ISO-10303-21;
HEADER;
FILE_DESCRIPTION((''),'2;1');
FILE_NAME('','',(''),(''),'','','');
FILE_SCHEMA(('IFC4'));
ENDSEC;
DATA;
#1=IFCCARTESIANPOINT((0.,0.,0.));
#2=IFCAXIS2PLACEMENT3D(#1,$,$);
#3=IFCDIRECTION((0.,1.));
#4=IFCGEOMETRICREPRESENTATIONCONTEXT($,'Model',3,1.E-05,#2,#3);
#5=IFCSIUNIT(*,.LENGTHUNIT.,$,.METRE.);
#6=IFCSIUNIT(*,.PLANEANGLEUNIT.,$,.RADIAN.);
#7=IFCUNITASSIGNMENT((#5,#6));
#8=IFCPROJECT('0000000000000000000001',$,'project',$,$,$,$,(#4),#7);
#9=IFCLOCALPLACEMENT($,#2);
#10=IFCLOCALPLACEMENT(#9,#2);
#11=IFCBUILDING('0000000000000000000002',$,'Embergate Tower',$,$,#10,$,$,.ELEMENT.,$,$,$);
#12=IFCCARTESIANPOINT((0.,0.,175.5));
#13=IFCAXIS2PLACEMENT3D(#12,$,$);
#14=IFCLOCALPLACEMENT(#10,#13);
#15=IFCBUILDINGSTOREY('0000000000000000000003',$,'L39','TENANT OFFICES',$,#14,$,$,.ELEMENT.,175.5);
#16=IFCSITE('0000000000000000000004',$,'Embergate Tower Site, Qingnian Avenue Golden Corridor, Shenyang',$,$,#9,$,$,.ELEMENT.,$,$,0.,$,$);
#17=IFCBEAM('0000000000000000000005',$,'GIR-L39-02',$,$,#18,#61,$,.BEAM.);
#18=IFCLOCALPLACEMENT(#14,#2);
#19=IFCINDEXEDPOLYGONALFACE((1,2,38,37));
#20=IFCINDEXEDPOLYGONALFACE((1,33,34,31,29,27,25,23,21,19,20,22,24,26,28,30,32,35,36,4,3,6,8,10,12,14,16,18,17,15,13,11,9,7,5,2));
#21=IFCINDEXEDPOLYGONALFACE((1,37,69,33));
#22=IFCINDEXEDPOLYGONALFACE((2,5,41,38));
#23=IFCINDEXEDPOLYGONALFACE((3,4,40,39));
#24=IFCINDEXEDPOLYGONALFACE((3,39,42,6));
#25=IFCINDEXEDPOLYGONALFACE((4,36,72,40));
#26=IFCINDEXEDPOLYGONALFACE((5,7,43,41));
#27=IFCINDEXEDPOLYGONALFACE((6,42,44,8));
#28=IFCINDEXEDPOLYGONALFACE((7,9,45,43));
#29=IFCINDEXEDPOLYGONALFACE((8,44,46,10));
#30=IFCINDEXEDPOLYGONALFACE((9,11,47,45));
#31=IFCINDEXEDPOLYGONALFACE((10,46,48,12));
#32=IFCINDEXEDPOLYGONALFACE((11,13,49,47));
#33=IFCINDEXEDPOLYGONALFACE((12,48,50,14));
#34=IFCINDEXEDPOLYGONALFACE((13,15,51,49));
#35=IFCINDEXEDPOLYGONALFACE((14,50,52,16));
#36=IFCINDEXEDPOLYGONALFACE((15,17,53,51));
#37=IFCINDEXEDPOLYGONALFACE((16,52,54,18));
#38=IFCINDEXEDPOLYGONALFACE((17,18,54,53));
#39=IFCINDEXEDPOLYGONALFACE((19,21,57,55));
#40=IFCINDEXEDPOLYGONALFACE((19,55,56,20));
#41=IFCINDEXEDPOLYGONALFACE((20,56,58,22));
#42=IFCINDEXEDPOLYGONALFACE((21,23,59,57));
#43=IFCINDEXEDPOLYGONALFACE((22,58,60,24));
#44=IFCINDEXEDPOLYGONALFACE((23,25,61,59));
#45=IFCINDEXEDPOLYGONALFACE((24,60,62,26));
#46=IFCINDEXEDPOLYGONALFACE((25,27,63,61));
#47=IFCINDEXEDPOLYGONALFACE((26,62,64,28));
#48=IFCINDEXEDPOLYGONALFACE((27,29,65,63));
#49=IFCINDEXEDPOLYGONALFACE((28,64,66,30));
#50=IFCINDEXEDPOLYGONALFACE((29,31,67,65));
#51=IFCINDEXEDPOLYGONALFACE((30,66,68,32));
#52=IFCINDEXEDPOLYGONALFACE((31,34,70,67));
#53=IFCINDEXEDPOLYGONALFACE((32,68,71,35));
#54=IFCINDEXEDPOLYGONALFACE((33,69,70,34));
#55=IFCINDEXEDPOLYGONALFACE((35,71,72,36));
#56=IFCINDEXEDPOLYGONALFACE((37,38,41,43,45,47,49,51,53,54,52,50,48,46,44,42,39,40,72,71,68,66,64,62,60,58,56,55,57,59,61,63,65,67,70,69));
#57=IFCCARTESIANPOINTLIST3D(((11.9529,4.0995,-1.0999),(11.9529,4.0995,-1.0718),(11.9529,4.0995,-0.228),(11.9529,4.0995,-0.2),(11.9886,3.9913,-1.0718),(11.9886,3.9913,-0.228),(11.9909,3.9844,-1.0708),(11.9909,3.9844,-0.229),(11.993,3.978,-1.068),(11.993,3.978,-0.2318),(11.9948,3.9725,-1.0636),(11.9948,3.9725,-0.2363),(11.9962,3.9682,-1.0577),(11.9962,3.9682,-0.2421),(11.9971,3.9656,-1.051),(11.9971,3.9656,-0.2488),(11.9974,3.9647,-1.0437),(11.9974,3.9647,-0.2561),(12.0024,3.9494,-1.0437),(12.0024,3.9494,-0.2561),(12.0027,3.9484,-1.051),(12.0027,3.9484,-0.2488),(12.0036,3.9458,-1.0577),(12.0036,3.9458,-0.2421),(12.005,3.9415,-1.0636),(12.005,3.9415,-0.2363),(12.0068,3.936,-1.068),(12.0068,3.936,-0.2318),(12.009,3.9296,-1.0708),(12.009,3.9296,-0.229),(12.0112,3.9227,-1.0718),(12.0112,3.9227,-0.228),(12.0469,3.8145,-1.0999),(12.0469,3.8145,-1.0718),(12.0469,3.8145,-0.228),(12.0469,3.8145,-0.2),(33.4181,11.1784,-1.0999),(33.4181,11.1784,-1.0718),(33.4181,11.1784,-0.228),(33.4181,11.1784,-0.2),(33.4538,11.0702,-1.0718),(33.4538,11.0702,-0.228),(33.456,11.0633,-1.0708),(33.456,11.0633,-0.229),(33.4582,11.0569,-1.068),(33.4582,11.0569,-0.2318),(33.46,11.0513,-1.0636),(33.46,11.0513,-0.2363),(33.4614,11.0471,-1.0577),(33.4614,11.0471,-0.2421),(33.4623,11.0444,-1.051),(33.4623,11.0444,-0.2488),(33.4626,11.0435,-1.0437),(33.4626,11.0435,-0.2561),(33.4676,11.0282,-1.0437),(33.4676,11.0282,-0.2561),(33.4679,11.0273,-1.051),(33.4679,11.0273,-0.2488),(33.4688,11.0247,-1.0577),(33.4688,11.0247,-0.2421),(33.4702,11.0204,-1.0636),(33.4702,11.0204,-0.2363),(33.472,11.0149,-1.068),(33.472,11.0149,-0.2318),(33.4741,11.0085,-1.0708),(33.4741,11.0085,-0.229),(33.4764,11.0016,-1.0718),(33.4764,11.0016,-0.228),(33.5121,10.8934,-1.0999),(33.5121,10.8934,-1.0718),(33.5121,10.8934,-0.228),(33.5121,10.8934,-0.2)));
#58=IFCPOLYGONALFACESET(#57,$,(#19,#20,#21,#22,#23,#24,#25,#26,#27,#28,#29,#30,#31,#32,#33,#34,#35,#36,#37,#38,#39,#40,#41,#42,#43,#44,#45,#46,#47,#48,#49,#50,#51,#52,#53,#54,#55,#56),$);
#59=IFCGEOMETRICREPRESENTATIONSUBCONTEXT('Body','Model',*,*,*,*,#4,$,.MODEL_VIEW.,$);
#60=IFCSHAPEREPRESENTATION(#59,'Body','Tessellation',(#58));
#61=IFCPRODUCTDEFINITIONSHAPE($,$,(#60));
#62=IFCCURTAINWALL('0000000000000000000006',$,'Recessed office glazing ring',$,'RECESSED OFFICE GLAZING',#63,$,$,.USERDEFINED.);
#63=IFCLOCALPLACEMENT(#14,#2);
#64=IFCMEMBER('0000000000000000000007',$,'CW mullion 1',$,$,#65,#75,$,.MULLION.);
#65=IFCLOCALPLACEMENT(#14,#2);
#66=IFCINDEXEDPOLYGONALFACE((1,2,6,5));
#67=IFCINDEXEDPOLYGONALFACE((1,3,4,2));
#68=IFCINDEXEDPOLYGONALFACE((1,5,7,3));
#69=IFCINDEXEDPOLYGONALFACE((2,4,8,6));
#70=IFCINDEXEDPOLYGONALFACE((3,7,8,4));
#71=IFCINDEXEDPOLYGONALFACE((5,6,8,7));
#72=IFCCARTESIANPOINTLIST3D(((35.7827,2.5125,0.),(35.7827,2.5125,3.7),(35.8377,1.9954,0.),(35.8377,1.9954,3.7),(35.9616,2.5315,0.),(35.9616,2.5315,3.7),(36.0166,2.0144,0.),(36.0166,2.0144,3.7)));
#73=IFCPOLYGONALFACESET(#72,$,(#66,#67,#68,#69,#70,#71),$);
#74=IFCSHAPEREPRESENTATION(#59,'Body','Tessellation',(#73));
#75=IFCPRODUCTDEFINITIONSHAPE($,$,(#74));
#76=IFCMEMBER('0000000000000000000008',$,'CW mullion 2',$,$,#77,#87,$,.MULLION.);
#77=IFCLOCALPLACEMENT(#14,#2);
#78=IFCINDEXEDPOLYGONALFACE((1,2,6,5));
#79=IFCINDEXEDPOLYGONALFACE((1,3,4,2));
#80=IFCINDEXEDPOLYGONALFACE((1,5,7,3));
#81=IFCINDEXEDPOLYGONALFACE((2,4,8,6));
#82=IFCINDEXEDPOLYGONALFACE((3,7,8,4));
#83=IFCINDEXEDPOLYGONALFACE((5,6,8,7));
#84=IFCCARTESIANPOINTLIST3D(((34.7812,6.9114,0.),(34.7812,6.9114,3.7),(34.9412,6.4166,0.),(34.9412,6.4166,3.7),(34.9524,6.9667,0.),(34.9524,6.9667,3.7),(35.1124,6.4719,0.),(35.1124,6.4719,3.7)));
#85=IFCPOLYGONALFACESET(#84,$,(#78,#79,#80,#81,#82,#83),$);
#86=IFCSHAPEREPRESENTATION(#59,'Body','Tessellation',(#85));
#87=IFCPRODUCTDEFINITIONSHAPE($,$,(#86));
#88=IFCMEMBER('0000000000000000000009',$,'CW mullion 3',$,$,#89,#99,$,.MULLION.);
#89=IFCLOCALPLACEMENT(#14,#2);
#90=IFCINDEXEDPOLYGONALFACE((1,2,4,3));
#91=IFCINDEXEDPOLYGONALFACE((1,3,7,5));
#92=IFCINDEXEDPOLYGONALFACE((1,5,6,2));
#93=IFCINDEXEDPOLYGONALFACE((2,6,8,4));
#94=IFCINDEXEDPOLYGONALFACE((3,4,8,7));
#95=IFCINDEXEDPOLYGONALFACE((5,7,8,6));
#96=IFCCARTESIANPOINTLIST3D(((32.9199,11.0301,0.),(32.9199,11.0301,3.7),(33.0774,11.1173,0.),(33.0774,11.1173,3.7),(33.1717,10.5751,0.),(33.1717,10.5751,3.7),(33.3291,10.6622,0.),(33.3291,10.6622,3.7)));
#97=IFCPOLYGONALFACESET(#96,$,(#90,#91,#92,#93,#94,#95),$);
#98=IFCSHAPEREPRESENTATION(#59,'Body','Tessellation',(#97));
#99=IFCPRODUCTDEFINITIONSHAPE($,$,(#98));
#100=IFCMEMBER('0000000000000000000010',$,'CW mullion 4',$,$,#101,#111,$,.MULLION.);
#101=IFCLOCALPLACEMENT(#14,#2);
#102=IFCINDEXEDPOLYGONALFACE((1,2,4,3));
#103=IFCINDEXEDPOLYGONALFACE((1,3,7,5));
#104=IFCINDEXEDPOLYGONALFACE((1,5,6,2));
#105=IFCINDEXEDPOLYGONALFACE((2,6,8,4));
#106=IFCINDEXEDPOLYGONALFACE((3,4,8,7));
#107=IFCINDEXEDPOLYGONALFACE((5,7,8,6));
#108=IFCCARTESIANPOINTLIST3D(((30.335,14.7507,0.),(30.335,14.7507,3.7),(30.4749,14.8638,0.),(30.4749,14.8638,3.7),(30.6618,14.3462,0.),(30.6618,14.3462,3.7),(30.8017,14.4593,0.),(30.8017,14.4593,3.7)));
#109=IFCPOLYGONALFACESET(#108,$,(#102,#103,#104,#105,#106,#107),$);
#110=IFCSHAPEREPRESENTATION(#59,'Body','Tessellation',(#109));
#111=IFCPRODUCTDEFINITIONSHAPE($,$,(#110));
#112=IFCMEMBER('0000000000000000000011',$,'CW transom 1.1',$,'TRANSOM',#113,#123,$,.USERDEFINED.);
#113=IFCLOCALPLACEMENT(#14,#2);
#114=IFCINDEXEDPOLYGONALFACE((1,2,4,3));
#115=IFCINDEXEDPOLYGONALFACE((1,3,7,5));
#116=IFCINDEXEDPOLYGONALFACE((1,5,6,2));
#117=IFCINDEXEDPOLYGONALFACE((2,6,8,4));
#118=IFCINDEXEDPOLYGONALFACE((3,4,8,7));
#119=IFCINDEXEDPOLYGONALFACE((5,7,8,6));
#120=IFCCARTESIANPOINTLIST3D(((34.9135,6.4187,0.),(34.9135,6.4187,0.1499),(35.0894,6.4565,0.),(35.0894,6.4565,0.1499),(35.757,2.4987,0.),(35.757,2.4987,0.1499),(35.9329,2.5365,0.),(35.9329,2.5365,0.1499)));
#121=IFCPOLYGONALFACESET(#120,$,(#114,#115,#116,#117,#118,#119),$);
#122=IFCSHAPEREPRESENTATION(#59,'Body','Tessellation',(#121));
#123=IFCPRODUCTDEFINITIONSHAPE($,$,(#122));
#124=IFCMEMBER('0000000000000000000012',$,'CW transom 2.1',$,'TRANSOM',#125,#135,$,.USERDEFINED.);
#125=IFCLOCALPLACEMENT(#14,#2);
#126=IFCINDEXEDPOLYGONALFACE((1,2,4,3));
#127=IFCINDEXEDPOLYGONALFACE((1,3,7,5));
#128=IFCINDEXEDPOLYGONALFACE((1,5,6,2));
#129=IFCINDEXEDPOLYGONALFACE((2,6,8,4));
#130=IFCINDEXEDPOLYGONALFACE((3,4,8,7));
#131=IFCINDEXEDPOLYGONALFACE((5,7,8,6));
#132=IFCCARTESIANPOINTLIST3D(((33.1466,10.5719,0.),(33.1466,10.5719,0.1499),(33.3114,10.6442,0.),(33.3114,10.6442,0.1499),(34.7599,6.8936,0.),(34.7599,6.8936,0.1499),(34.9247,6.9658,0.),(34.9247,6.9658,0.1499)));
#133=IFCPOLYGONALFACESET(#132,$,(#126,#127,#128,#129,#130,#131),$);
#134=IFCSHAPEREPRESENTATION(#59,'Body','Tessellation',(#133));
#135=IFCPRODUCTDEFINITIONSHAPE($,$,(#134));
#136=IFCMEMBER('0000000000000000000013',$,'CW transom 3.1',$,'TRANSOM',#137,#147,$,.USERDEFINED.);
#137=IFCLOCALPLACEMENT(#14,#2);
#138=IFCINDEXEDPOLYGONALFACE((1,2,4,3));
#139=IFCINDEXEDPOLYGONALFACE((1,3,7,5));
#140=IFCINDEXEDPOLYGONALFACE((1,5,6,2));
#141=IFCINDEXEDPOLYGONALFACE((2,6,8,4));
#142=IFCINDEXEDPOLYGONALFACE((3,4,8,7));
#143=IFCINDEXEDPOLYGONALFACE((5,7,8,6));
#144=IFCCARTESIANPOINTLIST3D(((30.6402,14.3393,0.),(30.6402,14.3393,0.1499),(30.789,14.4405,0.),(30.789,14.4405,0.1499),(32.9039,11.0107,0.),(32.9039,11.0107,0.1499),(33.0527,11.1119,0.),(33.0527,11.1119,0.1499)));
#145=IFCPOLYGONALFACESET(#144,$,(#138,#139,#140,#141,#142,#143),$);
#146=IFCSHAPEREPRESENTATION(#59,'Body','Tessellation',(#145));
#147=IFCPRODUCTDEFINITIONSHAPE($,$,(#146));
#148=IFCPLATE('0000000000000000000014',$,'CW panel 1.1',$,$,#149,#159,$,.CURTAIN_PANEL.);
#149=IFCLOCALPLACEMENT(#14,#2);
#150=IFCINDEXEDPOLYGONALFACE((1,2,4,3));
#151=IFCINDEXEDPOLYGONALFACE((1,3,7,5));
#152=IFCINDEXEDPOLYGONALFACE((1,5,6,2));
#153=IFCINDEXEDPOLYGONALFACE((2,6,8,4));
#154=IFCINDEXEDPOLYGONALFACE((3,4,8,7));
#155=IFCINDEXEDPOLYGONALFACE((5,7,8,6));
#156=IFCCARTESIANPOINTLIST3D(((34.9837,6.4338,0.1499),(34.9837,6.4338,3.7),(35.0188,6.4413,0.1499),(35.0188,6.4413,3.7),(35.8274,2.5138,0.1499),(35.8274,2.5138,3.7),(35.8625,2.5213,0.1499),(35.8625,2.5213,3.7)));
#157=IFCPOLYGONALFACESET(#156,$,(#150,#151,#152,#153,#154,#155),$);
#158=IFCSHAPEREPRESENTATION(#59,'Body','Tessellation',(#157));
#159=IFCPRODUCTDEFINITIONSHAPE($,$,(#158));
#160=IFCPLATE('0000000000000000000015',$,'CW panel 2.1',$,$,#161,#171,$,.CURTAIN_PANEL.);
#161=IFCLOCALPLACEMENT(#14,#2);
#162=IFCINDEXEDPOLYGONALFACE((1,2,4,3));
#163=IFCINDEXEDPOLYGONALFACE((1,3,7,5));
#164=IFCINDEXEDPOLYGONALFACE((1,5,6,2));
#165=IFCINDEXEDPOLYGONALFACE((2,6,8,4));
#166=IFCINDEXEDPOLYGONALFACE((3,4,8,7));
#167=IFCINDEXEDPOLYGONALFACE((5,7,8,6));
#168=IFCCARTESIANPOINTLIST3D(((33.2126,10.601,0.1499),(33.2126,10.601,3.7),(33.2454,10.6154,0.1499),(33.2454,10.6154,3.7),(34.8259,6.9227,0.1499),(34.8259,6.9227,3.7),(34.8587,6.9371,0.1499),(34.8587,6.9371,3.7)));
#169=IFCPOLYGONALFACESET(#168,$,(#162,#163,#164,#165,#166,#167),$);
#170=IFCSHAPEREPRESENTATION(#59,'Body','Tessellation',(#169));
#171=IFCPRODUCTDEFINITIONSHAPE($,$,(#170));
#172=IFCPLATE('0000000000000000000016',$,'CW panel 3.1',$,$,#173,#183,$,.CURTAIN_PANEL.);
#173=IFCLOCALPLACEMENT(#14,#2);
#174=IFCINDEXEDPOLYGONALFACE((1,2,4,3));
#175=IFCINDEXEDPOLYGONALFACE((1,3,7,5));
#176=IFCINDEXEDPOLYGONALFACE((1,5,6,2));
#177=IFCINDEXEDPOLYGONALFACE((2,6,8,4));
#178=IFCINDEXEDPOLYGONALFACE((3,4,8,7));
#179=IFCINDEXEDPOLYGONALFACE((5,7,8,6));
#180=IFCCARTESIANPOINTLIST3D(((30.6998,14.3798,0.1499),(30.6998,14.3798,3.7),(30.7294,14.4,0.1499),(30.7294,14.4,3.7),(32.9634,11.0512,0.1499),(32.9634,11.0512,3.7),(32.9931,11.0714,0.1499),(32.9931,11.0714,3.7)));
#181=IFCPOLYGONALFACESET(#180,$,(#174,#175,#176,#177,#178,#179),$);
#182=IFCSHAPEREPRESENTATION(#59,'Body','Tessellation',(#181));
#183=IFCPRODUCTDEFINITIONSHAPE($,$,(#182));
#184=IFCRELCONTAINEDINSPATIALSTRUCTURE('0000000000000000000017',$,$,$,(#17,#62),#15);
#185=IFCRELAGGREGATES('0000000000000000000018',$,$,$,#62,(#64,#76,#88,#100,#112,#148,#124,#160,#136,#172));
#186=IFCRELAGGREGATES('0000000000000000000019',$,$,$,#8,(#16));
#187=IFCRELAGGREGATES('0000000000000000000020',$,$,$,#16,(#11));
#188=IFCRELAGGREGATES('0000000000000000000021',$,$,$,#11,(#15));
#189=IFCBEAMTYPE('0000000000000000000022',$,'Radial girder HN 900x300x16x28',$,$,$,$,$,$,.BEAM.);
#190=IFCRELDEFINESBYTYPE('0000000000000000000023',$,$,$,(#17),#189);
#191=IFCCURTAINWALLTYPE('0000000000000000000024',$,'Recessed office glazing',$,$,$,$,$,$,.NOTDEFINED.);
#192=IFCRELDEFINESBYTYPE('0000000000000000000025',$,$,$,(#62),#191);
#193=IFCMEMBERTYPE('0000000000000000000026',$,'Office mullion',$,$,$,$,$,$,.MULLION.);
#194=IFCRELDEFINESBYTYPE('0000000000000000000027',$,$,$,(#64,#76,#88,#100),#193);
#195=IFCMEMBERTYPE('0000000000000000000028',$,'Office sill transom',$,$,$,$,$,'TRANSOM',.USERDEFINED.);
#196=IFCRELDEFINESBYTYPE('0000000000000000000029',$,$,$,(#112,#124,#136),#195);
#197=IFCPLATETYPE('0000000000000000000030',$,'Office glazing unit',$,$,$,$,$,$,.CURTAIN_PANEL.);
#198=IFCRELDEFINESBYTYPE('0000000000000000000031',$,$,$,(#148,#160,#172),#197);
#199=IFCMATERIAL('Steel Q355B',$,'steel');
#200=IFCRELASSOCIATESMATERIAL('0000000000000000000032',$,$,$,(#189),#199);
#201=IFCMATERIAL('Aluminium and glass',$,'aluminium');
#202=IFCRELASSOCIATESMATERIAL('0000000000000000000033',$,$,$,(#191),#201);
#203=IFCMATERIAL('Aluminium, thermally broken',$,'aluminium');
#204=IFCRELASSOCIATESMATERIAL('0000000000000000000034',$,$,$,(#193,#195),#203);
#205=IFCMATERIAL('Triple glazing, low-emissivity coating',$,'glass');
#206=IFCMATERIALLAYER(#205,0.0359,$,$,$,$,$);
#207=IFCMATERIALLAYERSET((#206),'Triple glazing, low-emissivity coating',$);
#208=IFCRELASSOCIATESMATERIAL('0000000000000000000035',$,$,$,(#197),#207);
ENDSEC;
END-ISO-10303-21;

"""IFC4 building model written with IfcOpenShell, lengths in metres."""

from ifc_helpers import new_model, si_unit, direction, frame, origin, origin_2d, place, context, subcontext, project, spatial, rectangle, i_section, extrude, source, transform, mapped, material, layer, layer_set, material_profile, profile_set, type_object, element, aggregate, save


model = new_model("IFC4")

# Units and contexts
model_context = context("Model", 3, precision=1e-05, world=origin(), true_north=direction((0.0, 1.0)))
body_context = subcontext(model_context, "Body", "Model", "MODEL_VIEW")
ifc_project = project(units=[si_unit("LENGTHUNIT", "METRE"), si_unit("PLANEANGLEUNIT", "RADIAN")], contexts=[model_context])

# Site, building, storey
site_placement = place(None, origin())
site = spatial("IfcSite", under=ifc_project, at=site_placement, Name="Embergate Tower Site, Qingnian Avenue Golden Corridor, Shenyang", CompositionType="ELEMENT", RefElevation=0.0)
building_placement = place(site_placement, origin())
building = spatial("IfcBuilding", under=site, at=building_placement, Name="Embergate Tower", CompositionType="ELEMENT")
storey_placement = place(building_placement, frame((0.0, 0.0, 175.5)))
storey = spatial("IfcBuildingStorey", under=building, at=storey_placement, Name="L39", Description="TENANT OFFICES", CompositionType="ELEMENT", Elevation=175.5)

# Beam
ifc_material_1 = material(Name="Steel Q355B", Category="steel")
ifc_material_profile_1 = material_profile(ifc_material_1, i_section(OverallWidth=0.3, OverallDepth=0.8999, WebThickness=0.0161, FlangeThickness=0.0281, FilletRadius=0.0281, at=origin_2d()), Name="HN 900x300x16x28")
ifc_profile_set_1 = profile_set([ifc_material_profile_1], Name="Steel Q355 grade B")
beam_type_1 = type_object("IfcBeamType", Name="Radial girder HN 900x300x16x28", PredefinedType="BEAM", material=ifc_profile_set_1)
shared_shape_1 = source(origin(), body_context, "Body", "SweptSolid", [
    extrude(i_section(OverallWidth=0.3, OverallDepth=0.8999, WebThickness=0.0161, FlangeThickness=0.0281, FilletRadius=0.0281, at=origin_2d()), origin(), (0.0, 0.0, 1.0), 22.6023),
])
beam_1_placement = place(storey_placement, frame((33.4651, 11.0359, -0.6499), z_axis=(-0.949689, -0.313193, 0.0), x_axis=(0.313193, -0.949689, 0.0)))
element("IfcBeam", 1, at=beam_1_placement, inside=storey, type_object=beam_type_1, Name="GIR-L39-02", PredefinedType="BEAM", context=body_context, shape_type="MappedRepresentation", body=[
    mapped(shared_shape_1, transform((0.0, 0.0, 0.0))),
])

# Curtain wall, members, plates
ifc_material_2 = material(Name="Aluminium and glass", Category="aluminium")
curtain_wall_type = type_object("IfcCurtainWallType", Name="Recessed office glazing", PredefinedType="NOTDEFINED", material=ifc_material_2)
curtain_wall_placement = place(storey_placement, origin())
curtain_wall = element("IfcCurtainWall", 2, at=curtain_wall_placement, inside=storey, type_object=curtain_wall_type, Name="Recessed office glazing ring", ObjectType="RECESSED OFFICE GLAZING", PredefinedType="USERDEFINED")
ifc_material_3 = material(Name="Aluminium, thermally broken", Category="aluminium")
ifc_material_profile_2 = material_profile(ifc_material_3, rectangle(XDim=0.1799, YDim=0.52, at=origin_2d()), Name="AL 520x180")
ifc_profile_set_2 = profile_set([ifc_material_profile_2], Name="Aluminium, thermally broken")
member_type_1 = type_object("IfcMemberType", Name="Office mullion", PredefinedType="MULLION", material=ifc_profile_set_2)
shared_shape_2 = source(origin(), body_context, "Body", "SweptSolid", [
    extrude(rectangle(XDim=0.1799, YDim=0.52, at=origin_2d()), origin(), (0.0, 0.0, 1.0), 3.7),
])
member_1_placement = place(storey_placement, frame((35.8997, 2.2634, 0.0), z_axis=(0.0, 0.0, 1.0), x_axis=(-0.994385, -0.105825, 0.0)))
member_1 = element("IfcMember", 3, at=member_1_placement, type_object=member_type_1, Name="CW mullion 1", PredefinedType="MULLION", context=body_context, shape_type="MappedRepresentation", body=[
    mapped(shared_shape_2, transform((0.0, 0.0, 0.0))),
])
member_2_placement = place(storey_placement, frame((34.9468, 6.6917, 0.0), z_axis=(0.0, 0.0, 1.0), x_axis=(-0.951496, -0.307661, 0.0)))
member_2 = element("IfcMember", 4, at=member_2_placement, type_object=member_type_1, Name="CW mullion 2", PredefinedType="MULLION", context=body_context, shape_type="MappedRepresentation", body=[
    mapped(shared_shape_2, transform((0.0, 0.0, 0.0))),
])
member_3_placement = place(storey_placement, frame((33.1245, 10.8462, 0.0), z_axis=(0.0, 0.0, 1.0), x_axis=(-0.874999, -0.484126, 0.0)))
member_3 = element("IfcMember", 5, at=member_3_placement, type_object=member_type_1, Name="CW mullion 3", PredefinedType="MULLION", context=body_context, shape_type="MappedRepresentation", body=[
    mapped(shared_shape_2, transform((0.0, 0.0, 0.0))),
])
member_4_placement = place(storey_placement, frame((30.5684, 14.605, 0.0), z_axis=(0.0, 0.0, 1.0), x_axis=(-0.777867, -0.628429, 0.0)))
member_4 = element("IfcMember", 6, at=member_4_placement, type_object=member_type_1, Name="CW mullion 4", PredefinedType="MULLION", context=body_context, shape_type="MappedRepresentation", body=[
    mapped(shared_shape_2, transform((0.0, 0.0, 0.0))),
])
ifc_material_profile_3 = material_profile(ifc_material_3, rectangle(XDim=0.1799, YDim=0.1499, at=origin_2d()), Name="AL 150x180")
ifc_profile_set_3 = profile_set([ifc_material_profile_3], Name="Aluminium, thermally broken")
member_type_2 = type_object("IfcMemberType", Name="Office sill transom", ElementType="TRANSOM", PredefinedType="USERDEFINED", material=ifc_profile_set_3)
shared_shape_3 = source(origin(), body_context, "Body", "SweptSolid", [
    extrude(rectangle(XDim=0.1799, YDim=0.1499, at=origin_2d()), origin(), (0.0, 0.0, 1.0), 4.0098),
])
member_5_placement = place(storey_placement, frame((35.845, 2.5176, 0.075), z_axis=(-0.210369, 0.977622, 0.0), x_axis=(-0.977622, -0.210369, 0.0)))
member_5 = element("IfcMember", 7, at=member_5_placement, type_object=member_type_2, Name="CW transom 1.1", ObjectType="TRANSOM", PredefinedType="USERDEFINED", context=body_context, shape_type="MappedRepresentation", body=[
    mapped(shared_shape_3, transform((0.0, 0.0, 0.0))),
])
shared_shape_4 = source(origin(), body_context, "Body", "SweptSolid", [
    extrude(rectangle(XDim=0.1799, YDim=0.1499, at=origin_2d()), origin(), (0.0, 0.0, 1.0), 4.0166),
])
member_6_placement = place(storey_placement, frame((34.8423, 6.9297, 0.075), z_axis=(-0.401645, 0.915796, 0.0), x_axis=(-0.915796, -0.401645, 0.0)))
member_6 = element("IfcMember", 8, at=member_6_placement, type_object=member_type_2, Name="CW transom 2.1", ObjectType="TRANSOM", PredefinedType="USERDEFINED", context=body_context, shape_type="MappedRepresentation", body=[
    mapped(shared_shape_4, transform((0.0, 0.0, 0.0))),
])
shared_shape_5 = source(origin(), body_context, "Body", "SweptSolid", [
    extrude(rectangle(XDim=0.1799, YDim=0.1499, at=origin_2d()), origin(), (0.0, 0.0, 1.0), 4.0254),
])
member_7_placement = place(storey_placement, frame((32.9783, 11.0613, 0.075), z_axis=(-0.562347, 0.826902, 0.0), x_axis=(-0.826902, -0.562347, 0.0)))
member_7 = element("IfcMember", 9, at=member_7_placement, type_object=member_type_2, Name="CW transom 3.1", ObjectType="TRANSOM", PredefinedType="USERDEFINED", context=body_context, shape_type="MappedRepresentation", body=[
    mapped(shared_shape_5, transform((0.0, 0.0, 0.0))),
])
ifc_material_4 = material(Name="Triple glazing, low-emissivity coating", Category="glass")
ifc_layer_1 = layer(ifc_material_4, 0.0359)
ifc_layer_set_1 = layer_set([ifc_layer_1], Name="Triple glazing, low-emissivity coating")
plate_type = type_object("IfcPlateType", Name="Office glazing unit", PredefinedType="CURTAIN_PANEL", material=ifc_layer_set_1)
shared_shape_6 = source(origin(), body_context, "Body", "SweptSolid", [
    extrude(rectangle(XDim=4.0098, YDim=0.0359, at=origin_2d()), origin(), (0.0, 0.0, 1.0), 3.55),
])
plate_1_placement = place(storey_placement, frame((35.4231, 4.4775, 0.1499), z_axis=(0.0, 0.0, 1.0), x_axis=(-0.210402, 0.977615, 0.0)))
plate_1 = element("IfcPlate", 10, at=plate_1_placement, type_object=plate_type, Name="CW panel 1.1", PredefinedType="CURTAIN_PANEL", context=body_context, shape_type="MappedRepresentation", body=[
    mapped(shared_shape_6, transform((0.0, 0.0, 0.0))),
])
shared_shape_7 = source(origin(), body_context, "Body", "SweptSolid", [
    extrude(rectangle(XDim=4.0166, YDim=0.0359, at=origin_2d()), origin(), (0.0, 0.0, 1.0), 3.55),
])
plate_2_placement = place(storey_placement, frame((34.0356, 8.769, 0.1499), z_axis=(0.0, 0.0, 1.0), x_axis=(-0.401658, 0.91579, 0.0)))
plate_2 = element("IfcPlate", 11, at=plate_2_placement, type_object=plate_type, Name="CW panel 2.1", PredefinedType="CURTAIN_PANEL", context=body_context, shape_type="MappedRepresentation", body=[
    mapped(shared_shape_7, transform((0.0, 0.0, 0.0))),
])
shared_shape_8 = source(origin(), body_context, "Body", "SweptSolid", [
    extrude(rectangle(XDim=4.0254, YDim=0.0359, at=origin_2d()), origin(), (0.0, 0.0, 1.0), 3.55),
])
plate_3_placement = place(storey_placement, frame((31.8464, 12.7256, 0.1499), z_axis=(0.0, 0.0, 1.0), x_axis=(-0.562348, 0.826901, 0.0)))
plate_3 = element("IfcPlate", 12, at=plate_3_placement, type_object=plate_type, Name="CW panel 3.1", PredefinedType="CURTAIN_PANEL", context=body_context, shape_type="MappedRepresentation", body=[
    mapped(shared_shape_8, transform((0.0, 0.0, 0.0))),
])
aggregate(curtain_wall, [member_1, member_2, member_3, member_4, member_5, plate_1, member_6, plate_2, member_7, plate_3])

save(model, "model.ifc")
